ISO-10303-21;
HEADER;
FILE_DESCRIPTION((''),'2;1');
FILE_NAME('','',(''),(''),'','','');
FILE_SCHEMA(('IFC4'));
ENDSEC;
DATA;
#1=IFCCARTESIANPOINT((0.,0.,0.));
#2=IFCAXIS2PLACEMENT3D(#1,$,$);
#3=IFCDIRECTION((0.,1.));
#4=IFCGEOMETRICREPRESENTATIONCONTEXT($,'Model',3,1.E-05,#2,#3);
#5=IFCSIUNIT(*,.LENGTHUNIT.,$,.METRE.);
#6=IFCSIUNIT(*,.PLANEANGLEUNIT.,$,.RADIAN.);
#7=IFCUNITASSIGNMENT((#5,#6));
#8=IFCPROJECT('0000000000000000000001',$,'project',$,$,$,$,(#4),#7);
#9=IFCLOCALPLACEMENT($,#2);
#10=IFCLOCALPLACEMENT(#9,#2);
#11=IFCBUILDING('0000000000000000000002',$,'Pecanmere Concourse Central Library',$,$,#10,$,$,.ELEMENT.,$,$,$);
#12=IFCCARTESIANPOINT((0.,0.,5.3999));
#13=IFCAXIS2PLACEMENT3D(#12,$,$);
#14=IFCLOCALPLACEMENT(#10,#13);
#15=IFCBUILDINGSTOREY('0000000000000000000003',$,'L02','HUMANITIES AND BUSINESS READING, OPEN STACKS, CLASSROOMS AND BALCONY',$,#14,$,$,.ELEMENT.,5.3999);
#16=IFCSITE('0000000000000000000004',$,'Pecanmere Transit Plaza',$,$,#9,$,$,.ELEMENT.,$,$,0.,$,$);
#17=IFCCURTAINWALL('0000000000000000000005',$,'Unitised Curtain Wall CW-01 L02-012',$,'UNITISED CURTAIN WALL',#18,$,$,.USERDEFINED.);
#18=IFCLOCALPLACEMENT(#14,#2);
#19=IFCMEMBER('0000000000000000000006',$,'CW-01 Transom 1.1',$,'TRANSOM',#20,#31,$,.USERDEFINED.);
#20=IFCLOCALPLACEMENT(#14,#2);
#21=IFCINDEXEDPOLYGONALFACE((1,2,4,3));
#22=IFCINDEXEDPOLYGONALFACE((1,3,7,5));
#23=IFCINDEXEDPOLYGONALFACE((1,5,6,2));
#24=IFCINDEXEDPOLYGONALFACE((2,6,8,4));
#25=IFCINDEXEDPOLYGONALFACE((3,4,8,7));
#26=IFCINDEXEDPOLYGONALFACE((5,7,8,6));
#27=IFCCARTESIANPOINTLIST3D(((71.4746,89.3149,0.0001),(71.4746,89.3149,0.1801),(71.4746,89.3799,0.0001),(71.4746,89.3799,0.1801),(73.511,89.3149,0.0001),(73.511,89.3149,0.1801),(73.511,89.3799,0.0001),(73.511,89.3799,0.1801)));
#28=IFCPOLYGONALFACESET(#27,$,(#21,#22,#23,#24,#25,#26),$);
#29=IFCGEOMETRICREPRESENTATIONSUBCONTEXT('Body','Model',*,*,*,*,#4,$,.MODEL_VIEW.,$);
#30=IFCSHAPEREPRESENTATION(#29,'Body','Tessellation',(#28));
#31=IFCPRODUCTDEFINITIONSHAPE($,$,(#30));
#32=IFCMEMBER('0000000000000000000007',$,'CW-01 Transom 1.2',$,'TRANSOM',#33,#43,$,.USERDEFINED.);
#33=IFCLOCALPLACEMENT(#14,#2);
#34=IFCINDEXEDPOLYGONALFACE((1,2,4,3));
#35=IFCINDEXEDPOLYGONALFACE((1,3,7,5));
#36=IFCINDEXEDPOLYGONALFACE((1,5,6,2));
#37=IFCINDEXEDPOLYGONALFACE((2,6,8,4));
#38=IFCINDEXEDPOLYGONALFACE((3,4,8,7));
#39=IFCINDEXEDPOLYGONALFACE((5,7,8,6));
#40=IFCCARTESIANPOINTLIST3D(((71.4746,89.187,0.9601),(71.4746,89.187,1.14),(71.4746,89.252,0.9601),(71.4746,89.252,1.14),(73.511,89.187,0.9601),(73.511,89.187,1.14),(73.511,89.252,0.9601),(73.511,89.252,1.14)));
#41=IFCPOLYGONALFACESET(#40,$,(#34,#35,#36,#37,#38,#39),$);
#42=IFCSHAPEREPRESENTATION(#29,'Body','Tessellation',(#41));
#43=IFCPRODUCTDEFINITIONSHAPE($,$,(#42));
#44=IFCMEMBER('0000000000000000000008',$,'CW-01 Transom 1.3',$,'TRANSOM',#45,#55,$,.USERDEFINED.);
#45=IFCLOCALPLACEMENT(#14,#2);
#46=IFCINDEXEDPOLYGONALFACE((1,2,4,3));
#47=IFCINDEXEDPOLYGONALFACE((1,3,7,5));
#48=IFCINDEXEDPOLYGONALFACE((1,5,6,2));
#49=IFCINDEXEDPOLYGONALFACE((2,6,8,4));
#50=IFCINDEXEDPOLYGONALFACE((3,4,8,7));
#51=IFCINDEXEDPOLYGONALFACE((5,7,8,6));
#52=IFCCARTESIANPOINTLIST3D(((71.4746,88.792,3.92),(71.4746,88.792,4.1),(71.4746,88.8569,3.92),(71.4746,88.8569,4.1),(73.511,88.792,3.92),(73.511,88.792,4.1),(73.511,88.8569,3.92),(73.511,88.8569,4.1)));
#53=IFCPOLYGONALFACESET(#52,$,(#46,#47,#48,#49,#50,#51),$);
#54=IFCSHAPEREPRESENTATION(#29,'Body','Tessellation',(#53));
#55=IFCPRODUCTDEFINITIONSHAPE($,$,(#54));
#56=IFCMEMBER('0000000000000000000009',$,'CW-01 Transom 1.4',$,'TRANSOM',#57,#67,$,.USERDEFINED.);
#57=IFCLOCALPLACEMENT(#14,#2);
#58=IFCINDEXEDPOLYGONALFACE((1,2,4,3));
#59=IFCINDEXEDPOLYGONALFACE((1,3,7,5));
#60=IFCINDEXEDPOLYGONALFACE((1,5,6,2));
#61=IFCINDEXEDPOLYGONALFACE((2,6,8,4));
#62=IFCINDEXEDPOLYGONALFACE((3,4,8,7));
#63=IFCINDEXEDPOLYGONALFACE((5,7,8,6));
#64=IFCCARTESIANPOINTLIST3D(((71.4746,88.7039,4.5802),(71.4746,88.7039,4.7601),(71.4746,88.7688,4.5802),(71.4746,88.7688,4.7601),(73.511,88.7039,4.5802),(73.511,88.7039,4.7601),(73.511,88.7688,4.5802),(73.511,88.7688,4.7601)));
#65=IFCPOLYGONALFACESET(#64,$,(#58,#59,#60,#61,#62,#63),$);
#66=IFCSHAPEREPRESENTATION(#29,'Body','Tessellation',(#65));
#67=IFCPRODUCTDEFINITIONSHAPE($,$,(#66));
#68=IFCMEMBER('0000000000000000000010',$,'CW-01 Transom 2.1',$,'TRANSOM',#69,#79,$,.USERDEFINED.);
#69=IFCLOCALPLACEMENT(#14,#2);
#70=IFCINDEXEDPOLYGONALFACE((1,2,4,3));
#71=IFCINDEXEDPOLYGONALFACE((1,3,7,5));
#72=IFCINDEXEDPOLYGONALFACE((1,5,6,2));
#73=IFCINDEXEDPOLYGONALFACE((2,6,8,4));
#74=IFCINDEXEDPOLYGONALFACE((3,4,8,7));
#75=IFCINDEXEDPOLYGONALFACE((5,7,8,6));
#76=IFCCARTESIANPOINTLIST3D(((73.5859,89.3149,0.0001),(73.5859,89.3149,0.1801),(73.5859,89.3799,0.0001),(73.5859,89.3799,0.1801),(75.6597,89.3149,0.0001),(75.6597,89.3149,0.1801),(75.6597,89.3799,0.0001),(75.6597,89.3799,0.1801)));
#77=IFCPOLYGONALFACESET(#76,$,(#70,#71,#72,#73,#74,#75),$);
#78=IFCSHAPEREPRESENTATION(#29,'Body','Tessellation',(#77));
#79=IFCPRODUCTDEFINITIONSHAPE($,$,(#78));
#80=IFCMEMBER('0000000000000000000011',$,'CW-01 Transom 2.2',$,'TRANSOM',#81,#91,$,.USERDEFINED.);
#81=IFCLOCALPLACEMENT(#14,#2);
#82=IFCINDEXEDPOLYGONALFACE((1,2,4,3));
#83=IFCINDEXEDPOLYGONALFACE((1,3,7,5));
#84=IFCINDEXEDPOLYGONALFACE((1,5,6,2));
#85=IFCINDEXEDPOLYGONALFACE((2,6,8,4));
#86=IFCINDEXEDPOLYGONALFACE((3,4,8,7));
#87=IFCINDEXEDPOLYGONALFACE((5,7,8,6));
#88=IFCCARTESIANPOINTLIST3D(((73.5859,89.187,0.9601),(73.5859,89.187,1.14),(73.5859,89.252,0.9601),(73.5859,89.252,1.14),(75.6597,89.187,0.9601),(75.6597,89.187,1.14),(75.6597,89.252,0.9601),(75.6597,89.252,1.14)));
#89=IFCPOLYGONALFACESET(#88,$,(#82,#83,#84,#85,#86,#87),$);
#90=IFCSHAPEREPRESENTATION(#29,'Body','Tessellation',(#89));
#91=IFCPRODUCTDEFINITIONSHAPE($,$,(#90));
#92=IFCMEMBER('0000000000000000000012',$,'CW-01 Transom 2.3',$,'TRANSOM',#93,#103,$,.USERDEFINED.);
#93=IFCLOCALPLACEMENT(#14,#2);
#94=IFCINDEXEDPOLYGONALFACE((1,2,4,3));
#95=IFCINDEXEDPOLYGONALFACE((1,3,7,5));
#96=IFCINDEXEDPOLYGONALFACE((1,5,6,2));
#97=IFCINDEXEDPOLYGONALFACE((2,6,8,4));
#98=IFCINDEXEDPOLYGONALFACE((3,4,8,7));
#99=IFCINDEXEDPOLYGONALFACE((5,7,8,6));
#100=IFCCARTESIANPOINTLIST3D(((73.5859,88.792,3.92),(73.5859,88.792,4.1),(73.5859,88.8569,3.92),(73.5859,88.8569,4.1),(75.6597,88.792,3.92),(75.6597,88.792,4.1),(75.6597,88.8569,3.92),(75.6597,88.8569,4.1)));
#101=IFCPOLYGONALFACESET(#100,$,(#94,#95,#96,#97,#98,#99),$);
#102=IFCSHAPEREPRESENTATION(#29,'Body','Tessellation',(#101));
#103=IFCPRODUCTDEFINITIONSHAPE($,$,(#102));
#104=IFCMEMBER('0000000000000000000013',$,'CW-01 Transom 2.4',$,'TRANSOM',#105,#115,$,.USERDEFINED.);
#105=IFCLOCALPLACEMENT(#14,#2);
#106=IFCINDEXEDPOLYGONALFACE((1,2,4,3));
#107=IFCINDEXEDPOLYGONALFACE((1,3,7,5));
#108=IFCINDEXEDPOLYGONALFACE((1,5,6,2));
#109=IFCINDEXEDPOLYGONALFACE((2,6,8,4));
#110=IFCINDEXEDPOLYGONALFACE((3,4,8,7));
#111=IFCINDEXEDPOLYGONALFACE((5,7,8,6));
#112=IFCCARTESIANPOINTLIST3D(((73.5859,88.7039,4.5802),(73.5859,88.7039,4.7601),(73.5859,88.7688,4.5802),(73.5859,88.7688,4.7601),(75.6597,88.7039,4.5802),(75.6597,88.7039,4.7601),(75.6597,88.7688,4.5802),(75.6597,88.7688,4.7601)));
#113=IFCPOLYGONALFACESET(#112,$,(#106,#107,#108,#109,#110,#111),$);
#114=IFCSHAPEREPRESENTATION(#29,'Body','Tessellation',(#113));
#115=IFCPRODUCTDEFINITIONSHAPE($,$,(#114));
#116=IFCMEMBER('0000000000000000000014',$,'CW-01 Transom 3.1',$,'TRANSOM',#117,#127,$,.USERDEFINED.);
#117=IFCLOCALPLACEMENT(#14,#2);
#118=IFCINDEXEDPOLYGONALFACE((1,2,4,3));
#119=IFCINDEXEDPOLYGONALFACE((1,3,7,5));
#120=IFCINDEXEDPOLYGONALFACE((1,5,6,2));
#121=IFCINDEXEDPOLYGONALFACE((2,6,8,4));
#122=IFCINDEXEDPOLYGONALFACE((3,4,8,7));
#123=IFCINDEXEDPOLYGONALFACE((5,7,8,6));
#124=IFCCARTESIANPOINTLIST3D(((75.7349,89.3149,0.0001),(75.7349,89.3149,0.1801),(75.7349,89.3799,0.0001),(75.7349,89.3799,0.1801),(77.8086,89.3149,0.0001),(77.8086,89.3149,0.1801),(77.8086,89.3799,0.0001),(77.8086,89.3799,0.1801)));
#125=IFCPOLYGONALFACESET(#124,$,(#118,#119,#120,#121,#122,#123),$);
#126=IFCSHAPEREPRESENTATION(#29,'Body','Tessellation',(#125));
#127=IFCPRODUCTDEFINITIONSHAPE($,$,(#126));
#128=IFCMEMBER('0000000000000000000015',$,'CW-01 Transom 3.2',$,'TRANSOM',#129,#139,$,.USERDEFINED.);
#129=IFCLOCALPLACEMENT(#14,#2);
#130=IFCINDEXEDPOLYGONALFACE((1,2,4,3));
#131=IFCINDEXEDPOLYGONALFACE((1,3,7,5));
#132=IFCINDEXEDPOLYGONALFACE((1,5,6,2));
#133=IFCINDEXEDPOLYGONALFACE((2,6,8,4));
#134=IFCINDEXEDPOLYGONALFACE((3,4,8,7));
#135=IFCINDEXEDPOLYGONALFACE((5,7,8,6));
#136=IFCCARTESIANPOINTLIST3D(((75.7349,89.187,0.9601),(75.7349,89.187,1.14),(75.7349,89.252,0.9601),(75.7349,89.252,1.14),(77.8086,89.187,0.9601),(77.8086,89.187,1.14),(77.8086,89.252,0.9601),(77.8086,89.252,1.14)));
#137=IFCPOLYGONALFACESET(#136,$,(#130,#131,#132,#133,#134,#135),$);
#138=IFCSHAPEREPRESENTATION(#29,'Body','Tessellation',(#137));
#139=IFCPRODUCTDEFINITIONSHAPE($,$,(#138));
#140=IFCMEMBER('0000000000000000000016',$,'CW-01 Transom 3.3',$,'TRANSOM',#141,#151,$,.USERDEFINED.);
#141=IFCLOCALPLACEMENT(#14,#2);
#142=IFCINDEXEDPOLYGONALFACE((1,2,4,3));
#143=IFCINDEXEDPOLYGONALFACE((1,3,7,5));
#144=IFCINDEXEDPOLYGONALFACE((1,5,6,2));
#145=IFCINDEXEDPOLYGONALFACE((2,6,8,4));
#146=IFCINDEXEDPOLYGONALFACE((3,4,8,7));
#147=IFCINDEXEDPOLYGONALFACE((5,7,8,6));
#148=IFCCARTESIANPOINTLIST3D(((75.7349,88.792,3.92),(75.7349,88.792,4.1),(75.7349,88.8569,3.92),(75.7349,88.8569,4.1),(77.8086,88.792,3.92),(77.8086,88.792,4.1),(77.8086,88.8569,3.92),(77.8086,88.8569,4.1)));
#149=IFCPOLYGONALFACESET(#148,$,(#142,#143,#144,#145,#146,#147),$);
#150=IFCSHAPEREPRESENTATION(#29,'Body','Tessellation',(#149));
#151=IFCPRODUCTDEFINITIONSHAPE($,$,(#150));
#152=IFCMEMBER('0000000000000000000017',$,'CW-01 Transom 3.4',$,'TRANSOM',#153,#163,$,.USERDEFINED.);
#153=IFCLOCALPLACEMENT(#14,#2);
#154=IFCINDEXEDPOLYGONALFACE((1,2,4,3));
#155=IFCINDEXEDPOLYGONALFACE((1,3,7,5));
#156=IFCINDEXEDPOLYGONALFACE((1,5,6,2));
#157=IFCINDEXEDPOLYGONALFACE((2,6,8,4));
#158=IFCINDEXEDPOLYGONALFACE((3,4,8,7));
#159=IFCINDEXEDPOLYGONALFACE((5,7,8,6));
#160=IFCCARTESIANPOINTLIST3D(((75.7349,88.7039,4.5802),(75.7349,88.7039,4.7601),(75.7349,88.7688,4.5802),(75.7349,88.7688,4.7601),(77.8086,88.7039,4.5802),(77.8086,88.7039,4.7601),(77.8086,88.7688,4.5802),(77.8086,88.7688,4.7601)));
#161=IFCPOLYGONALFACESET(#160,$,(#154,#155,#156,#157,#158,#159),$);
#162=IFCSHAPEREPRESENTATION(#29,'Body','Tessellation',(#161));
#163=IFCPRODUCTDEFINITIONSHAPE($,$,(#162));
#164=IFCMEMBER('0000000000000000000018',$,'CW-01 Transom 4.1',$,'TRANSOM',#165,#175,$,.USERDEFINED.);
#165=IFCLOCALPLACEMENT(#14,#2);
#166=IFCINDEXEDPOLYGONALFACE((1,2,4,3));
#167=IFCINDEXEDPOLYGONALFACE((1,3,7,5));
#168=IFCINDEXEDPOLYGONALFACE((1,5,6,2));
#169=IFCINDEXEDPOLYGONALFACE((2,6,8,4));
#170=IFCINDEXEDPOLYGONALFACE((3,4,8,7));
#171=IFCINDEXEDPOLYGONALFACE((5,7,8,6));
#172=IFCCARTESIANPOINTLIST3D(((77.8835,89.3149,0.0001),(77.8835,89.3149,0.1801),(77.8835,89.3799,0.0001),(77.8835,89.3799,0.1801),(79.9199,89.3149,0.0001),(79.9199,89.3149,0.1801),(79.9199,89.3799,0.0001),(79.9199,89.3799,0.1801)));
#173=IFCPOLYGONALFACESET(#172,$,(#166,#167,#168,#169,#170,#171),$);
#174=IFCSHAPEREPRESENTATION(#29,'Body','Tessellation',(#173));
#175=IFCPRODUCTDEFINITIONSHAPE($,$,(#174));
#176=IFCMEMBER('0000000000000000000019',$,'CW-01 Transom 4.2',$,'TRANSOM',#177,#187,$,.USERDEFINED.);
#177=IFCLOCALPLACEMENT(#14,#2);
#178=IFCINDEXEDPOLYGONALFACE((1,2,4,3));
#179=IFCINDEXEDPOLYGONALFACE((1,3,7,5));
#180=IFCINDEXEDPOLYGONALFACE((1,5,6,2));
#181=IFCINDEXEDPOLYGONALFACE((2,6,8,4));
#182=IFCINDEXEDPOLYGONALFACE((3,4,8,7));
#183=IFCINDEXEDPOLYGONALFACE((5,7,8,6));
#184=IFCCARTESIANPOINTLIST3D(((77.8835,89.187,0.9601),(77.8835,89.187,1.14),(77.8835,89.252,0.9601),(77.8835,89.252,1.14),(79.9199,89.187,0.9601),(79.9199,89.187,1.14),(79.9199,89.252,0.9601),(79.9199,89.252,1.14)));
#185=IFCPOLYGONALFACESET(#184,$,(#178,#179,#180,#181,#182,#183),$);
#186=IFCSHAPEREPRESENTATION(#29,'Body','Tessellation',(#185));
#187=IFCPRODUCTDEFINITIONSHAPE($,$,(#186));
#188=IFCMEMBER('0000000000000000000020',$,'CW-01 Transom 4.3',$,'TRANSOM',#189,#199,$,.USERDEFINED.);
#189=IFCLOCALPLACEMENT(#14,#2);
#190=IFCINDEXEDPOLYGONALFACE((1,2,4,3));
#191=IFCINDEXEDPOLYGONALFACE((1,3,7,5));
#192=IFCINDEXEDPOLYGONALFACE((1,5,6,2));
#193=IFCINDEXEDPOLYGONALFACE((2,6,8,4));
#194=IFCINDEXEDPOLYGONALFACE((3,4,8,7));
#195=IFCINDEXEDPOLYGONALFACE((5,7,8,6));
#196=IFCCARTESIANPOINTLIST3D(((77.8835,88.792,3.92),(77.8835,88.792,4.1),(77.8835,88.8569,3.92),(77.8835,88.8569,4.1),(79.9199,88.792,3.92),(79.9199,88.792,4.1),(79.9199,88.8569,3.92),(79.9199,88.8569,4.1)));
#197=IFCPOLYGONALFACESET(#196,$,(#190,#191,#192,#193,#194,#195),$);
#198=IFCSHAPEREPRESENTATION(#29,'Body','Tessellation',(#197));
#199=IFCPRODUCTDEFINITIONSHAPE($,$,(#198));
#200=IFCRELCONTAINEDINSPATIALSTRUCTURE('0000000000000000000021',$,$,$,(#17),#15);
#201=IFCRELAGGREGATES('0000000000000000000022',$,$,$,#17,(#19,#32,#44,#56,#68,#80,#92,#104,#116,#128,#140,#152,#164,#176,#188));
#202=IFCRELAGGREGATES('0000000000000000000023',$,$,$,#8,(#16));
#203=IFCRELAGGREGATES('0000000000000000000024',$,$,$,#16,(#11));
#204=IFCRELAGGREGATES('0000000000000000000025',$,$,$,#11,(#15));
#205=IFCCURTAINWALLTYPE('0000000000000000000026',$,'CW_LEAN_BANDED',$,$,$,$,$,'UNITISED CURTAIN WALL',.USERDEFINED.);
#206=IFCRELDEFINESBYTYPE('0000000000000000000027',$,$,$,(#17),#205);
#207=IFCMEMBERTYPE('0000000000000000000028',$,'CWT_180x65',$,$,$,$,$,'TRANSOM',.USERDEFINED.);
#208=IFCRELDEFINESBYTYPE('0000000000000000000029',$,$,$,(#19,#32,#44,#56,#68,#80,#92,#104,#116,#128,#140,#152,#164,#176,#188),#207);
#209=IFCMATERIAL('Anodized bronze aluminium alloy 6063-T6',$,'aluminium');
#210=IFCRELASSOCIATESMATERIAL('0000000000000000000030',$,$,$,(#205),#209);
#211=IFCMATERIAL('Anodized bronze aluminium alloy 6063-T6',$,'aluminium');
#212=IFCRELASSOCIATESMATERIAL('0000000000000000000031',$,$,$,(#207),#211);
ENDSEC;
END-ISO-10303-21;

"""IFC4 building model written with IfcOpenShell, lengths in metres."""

from ifc_helpers import new_model, si_unit, direction, frame, origin, origin_2d, place, context, subcontext, project, spatial, rectangle, extrude, material, material_profile, profile_set, type_object, element, aggregate, save


model = new_model("IFC4")

# Units and contexts
model_context = context("Model", 3, precision=1e-05, world=origin(), true_north=direction((0.0, 1.0)))
body_context = subcontext(model_context, "Body", "Model", "MODEL_VIEW")
ifc_project = project(units=[si_unit("LENGTHUNIT", "METRE"), si_unit("PLANEANGLEUNIT", "RADIAN")], contexts=[model_context])

# Site, building, storey
site_placement = place(None, origin())
site = spatial("IfcSite", under=ifc_project, at=site_placement, Name="Pecanmere Transit Plaza", CompositionType="ELEMENT", RefElevation=0.0)
building_placement = place(site_placement, origin())
building = spatial("IfcBuilding", under=site, at=building_placement, Name="Pecanmere Concourse Central Library", CompositionType="ELEMENT")
storey_placement = place(building_placement, frame((0.0, 0.0, 5.3999)))
storey = spatial("IfcBuildingStorey", under=building, at=storey_placement, Name="L02", Description="HUMANITIES AND BUSINESS READING, OPEN STACKS, CLASSROOMS AND BALCONY", CompositionType="ELEMENT", Elevation=5.3999)

# Curtain wall, members
ifc_material_1 = material(Name="Anodized bronze aluminium alloy 6063-T6", Category="aluminium")
curtain_wall_type = type_object("IfcCurtainWallType", Name="CW_LEAN_BANDED", ElementType="UNITISED CURTAIN WALL", PredefinedType="USERDEFINED", material=ifc_material_1)
curtain_wall_placement = place(storey_placement, origin())
curtain_wall = element("IfcCurtainWall", 1, at=curtain_wall_placement, inside=storey, type_object=curtain_wall_type, Name="Unitised Curtain Wall CW-01 L02-012", ObjectType="UNITISED CURTAIN WALL", PredefinedType="USERDEFINED")
ifc_material_2 = material(Name="Anodized bronze aluminium alloy 6063-T6", Category="aluminium")
ifc_material_profile_1 = material_profile(ifc_material_2, rectangle(XDim=0.0649, YDim=0.1799, at=origin_2d()), Name="AL 65x180")
ifc_profile_set_1 = profile_set([ifc_material_profile_1], Name="Anodized bronze aluminium alloy 6063-T6")
member_type = type_object("IfcMemberType", Name="CWT_180x65", ElementType="TRANSOM", PredefinedType="USERDEFINED", material=ifc_profile_set_1)
member_1_placement = place(storey_placement, frame((71.4746, 89.3474, 0.0901), z_axis=(1.0, 0.0, 0.0), x_axis=(0.0, 1.0, 0.0)))
member_1 = element("IfcMember", 2, at=member_1_placement, type_object=member_type, Name="CW-01 Transom 1.1", ObjectType="TRANSOM", PredefinedType="USERDEFINED", context=body_context, shape_type="SweptSolid", body=[
    extrude(rectangle(XDim=0.0649, YDim=0.1799, at=origin_2d()), origin(), (0.0, 0.0, 1.0), 2.0364),
])
member_2_placement = place(storey_placement, frame((71.4746, 89.2195, 1.05), z_axis=(1.0, 0.0, 0.0), x_axis=(0.0, 1.0, 0.0)))
member_2 = element("IfcMember", 3, at=member_2_placement, type_object=member_type, Name="CW-01 Transom 1.2", ObjectType="TRANSOM", PredefinedType="USERDEFINED", context=body_context, shape_type="SweptSolid", body=[
    extrude(rectangle(XDim=0.0649, YDim=0.1799, at=origin_2d()), origin(), (0.0, 0.0, 1.0), 2.0364),
])
member_3_placement = place(storey_placement, frame((71.4746, 88.8245, 4.01), z_axis=(1.0, 0.0, 0.0), x_axis=(0.0, 1.0, 0.0)))
member_3 = element("IfcMember", 4, at=member_3_placement, type_object=member_type, Name="CW-01 Transom 1.3", ObjectType="TRANSOM", PredefinedType="USERDEFINED", context=body_context, shape_type="SweptSolid", body=[
    extrude(rectangle(XDim=0.0649, YDim=0.1799, at=origin_2d()), origin(), (0.0, 0.0, 1.0), 2.0364),
])
member_4_placement = place(storey_placement, frame((71.4746, 88.7363, 4.6702), z_axis=(1.0, 0.0, 0.0), x_axis=(0.0, 1.0, 0.0)))
member_4 = element("IfcMember", 5, at=member_4_placement, type_object=member_type, Name="CW-01 Transom 1.4", ObjectType="TRANSOM", PredefinedType="USERDEFINED", context=body_context, shape_type="SweptSolid", body=[
    extrude(rectangle(XDim=0.0649, YDim=0.1799, at=origin_2d()), origin(), (0.0, 0.0, 1.0), 2.0364),
])
member_5_placement = place(storey_placement, frame((73.5859, 89.3474, 0.0901), z_axis=(1.0, 0.0, 0.0), x_axis=(0.0, 1.0, 0.0)))
member_5 = element("IfcMember", 6, at=member_5_placement, type_object=member_type, Name="CW-01 Transom 2.1", ObjectType="TRANSOM", PredefinedType="USERDEFINED", context=body_context, shape_type="SweptSolid", body=[
    extrude(rectangle(XDim=0.0649, YDim=0.1799, at=origin_2d()), origin(), (0.0, 0.0, 1.0), 2.0737),
])
member_6_placement = place(storey_placement, frame((73.5859, 89.2195, 1.05), z_axis=(1.0, 0.0, 0.0), x_axis=(0.0, 1.0, 0.0)))
member_6 = element("IfcMember", 7, at=member_6_placement, type_object=member_type, Name="CW-01 Transom 2.2", ObjectType="TRANSOM", PredefinedType="USERDEFINED", context=body_context, shape_type="SweptSolid", body=[
    extrude(rectangle(XDim=0.0649, YDim=0.1799, at=origin_2d()), origin(), (0.0, 0.0, 1.0), 2.0737),
])
member_7_placement = place(storey_placement, frame((73.5859, 88.8245, 4.01), z_axis=(1.0, 0.0, 0.0), x_axis=(0.0, 1.0, 0.0)))
member_7 = element("IfcMember", 8, at=member_7_placement, type_object=member_type, Name="CW-01 Transom 2.3", ObjectType="TRANSOM", PredefinedType="USERDEFINED", context=body_context, shape_type="SweptSolid", body=[
    extrude(rectangle(XDim=0.0649, YDim=0.1799, at=origin_2d()), origin(), (0.0, 0.0, 1.0), 2.0737),
])
member_8_placement = place(storey_placement, frame((73.5859, 88.7363, 4.6702), z_axis=(1.0, 0.0, 0.0), x_axis=(0.0, 1.0, 0.0)))
member_8 = element("IfcMember", 9, at=member_8_placement, type_object=member_type, Name="CW-01 Transom 2.4", ObjectType="TRANSOM", PredefinedType="USERDEFINED", context=body_context, shape_type="SweptSolid", body=[
    extrude(rectangle(XDim=0.0649, YDim=0.1799, at=origin_2d()), origin(), (0.0, 0.0, 1.0), 2.0737),
])
member_9_placement = place(storey_placement, frame((75.7349, 89.3474, 0.0901), z_axis=(1.0, 0.0, 0.0), x_axis=(0.0, 1.0, 0.0)))
member_9 = element("IfcMember", 10, at=member_9_placement, type_object=member_type, Name="CW-01 Transom 3.1", ObjectType="TRANSOM", PredefinedType="USERDEFINED", context=body_context, shape_type="SweptSolid", body=[
    extrude(rectangle(XDim=0.0649, YDim=0.1799, at=origin_2d()), origin(), (0.0, 0.0, 1.0), 2.0737),
])
member_10_placement = place(storey_placement, frame((75.7349, 89.2195, 1.05), z_axis=(1.0, 0.0, 0.0), x_axis=(0.0, 1.0, 0.0)))
member_10 = element("IfcMember", 11, at=member_10_placement, type_object=member_type, Name="CW-01 Transom 3.2", ObjectType="TRANSOM", PredefinedType="USERDEFINED", context=body_context, shape_type="SweptSolid", body=[
    extrude(rectangle(XDim=0.0649, YDim=0.1799, at=origin_2d()), origin(), (0.0, 0.0, 1.0), 2.0737),
])
member_11_placement = place(storey_placement, frame((75.7349, 88.8245, 4.01), z_axis=(1.0, 0.0, 0.0), x_axis=(0.0, 1.0, 0.0)))
member_11 = element("IfcMember", 12, at=member_11_placement, type_object=member_type, Name="CW-01 Transom 3.3", ObjectType="TRANSOM", PredefinedType="USERDEFINED", context=body_context, shape_type="SweptSolid", body=[
    extrude(rectangle(XDim=0.0649, YDim=0.1799, at=origin_2d()), origin(), (0.0, 0.0, 1.0), 2.0737),
])
member_12_placement = place(storey_placement, frame((75.7349, 88.7363, 4.6702), z_axis=(1.0, 0.0, 0.0), x_axis=(0.0, 1.0, 0.0)))
member_12 = element("IfcMember", 13, at=member_12_placement, type_object=member_type, Name="CW-01 Transom 3.4", ObjectType="TRANSOM", PredefinedType="USERDEFINED", context=body_context, shape_type="SweptSolid", body=[
    extrude(rectangle(XDim=0.0649, YDim=0.1799, at=origin_2d()), origin(), (0.0, 0.0, 1.0), 2.0737),
])
member_13_placement = place(storey_placement, frame((77.8835, 89.3474, 0.0901), z_axis=(1.0, 0.0, 0.0), x_axis=(0.0, 1.0, 0.0)))
member_13 = element("IfcMember", 14, at=member_13_placement, type_object=member_type, Name="CW-01 Transom 4.1", ObjectType="TRANSOM", PredefinedType="USERDEFINED", context=body_context, shape_type="SweptSolid", body=[
    extrude(rectangle(XDim=0.0649, YDim=0.1799, at=origin_2d()), origin(), (0.0, 0.0, 1.0), 2.0364),
])
member_14_placement = place(storey_placement, frame((77.8835, 89.2195, 1.05), z_axis=(1.0, 0.0, 0.0), x_axis=(0.0, 1.0, 0.0)))
member_14 = element("IfcMember", 15, at=member_14_placement, type_object=member_type, Name="CW-01 Transom 4.2", ObjectType="TRANSOM", PredefinedType="USERDEFINED", context=body_context, shape_type="SweptSolid", body=[
    extrude(rectangle(XDim=0.0649, YDim=0.1799, at=origin_2d()), origin(), (0.0, 0.0, 1.0), 2.0364),
])
member_15_placement = place(storey_placement, frame((77.8835, 88.8245, 4.01), z_axis=(1.0, 0.0, 0.0), x_axis=(0.0, 1.0, 0.0)))
member_15 = element("IfcMember", 16, at=member_15_placement, type_object=member_type, Name="CW-01 Transom 4.3", ObjectType="TRANSOM", PredefinedType="USERDEFINED", context=body_context, shape_type="SweptSolid", body=[
    extrude(rectangle(XDim=0.0649, YDim=0.1799, at=origin_2d()), origin(), (0.0, 0.0, 1.0), 2.0364),
])

aggregate(curtain_wall, [member_1, member_2, member_3, member_4, member_5, member_6, member_7, member_8, member_9, member_10, member_11, member_12, member_13, member_14, member_15])

save(model, "model.ifc")
